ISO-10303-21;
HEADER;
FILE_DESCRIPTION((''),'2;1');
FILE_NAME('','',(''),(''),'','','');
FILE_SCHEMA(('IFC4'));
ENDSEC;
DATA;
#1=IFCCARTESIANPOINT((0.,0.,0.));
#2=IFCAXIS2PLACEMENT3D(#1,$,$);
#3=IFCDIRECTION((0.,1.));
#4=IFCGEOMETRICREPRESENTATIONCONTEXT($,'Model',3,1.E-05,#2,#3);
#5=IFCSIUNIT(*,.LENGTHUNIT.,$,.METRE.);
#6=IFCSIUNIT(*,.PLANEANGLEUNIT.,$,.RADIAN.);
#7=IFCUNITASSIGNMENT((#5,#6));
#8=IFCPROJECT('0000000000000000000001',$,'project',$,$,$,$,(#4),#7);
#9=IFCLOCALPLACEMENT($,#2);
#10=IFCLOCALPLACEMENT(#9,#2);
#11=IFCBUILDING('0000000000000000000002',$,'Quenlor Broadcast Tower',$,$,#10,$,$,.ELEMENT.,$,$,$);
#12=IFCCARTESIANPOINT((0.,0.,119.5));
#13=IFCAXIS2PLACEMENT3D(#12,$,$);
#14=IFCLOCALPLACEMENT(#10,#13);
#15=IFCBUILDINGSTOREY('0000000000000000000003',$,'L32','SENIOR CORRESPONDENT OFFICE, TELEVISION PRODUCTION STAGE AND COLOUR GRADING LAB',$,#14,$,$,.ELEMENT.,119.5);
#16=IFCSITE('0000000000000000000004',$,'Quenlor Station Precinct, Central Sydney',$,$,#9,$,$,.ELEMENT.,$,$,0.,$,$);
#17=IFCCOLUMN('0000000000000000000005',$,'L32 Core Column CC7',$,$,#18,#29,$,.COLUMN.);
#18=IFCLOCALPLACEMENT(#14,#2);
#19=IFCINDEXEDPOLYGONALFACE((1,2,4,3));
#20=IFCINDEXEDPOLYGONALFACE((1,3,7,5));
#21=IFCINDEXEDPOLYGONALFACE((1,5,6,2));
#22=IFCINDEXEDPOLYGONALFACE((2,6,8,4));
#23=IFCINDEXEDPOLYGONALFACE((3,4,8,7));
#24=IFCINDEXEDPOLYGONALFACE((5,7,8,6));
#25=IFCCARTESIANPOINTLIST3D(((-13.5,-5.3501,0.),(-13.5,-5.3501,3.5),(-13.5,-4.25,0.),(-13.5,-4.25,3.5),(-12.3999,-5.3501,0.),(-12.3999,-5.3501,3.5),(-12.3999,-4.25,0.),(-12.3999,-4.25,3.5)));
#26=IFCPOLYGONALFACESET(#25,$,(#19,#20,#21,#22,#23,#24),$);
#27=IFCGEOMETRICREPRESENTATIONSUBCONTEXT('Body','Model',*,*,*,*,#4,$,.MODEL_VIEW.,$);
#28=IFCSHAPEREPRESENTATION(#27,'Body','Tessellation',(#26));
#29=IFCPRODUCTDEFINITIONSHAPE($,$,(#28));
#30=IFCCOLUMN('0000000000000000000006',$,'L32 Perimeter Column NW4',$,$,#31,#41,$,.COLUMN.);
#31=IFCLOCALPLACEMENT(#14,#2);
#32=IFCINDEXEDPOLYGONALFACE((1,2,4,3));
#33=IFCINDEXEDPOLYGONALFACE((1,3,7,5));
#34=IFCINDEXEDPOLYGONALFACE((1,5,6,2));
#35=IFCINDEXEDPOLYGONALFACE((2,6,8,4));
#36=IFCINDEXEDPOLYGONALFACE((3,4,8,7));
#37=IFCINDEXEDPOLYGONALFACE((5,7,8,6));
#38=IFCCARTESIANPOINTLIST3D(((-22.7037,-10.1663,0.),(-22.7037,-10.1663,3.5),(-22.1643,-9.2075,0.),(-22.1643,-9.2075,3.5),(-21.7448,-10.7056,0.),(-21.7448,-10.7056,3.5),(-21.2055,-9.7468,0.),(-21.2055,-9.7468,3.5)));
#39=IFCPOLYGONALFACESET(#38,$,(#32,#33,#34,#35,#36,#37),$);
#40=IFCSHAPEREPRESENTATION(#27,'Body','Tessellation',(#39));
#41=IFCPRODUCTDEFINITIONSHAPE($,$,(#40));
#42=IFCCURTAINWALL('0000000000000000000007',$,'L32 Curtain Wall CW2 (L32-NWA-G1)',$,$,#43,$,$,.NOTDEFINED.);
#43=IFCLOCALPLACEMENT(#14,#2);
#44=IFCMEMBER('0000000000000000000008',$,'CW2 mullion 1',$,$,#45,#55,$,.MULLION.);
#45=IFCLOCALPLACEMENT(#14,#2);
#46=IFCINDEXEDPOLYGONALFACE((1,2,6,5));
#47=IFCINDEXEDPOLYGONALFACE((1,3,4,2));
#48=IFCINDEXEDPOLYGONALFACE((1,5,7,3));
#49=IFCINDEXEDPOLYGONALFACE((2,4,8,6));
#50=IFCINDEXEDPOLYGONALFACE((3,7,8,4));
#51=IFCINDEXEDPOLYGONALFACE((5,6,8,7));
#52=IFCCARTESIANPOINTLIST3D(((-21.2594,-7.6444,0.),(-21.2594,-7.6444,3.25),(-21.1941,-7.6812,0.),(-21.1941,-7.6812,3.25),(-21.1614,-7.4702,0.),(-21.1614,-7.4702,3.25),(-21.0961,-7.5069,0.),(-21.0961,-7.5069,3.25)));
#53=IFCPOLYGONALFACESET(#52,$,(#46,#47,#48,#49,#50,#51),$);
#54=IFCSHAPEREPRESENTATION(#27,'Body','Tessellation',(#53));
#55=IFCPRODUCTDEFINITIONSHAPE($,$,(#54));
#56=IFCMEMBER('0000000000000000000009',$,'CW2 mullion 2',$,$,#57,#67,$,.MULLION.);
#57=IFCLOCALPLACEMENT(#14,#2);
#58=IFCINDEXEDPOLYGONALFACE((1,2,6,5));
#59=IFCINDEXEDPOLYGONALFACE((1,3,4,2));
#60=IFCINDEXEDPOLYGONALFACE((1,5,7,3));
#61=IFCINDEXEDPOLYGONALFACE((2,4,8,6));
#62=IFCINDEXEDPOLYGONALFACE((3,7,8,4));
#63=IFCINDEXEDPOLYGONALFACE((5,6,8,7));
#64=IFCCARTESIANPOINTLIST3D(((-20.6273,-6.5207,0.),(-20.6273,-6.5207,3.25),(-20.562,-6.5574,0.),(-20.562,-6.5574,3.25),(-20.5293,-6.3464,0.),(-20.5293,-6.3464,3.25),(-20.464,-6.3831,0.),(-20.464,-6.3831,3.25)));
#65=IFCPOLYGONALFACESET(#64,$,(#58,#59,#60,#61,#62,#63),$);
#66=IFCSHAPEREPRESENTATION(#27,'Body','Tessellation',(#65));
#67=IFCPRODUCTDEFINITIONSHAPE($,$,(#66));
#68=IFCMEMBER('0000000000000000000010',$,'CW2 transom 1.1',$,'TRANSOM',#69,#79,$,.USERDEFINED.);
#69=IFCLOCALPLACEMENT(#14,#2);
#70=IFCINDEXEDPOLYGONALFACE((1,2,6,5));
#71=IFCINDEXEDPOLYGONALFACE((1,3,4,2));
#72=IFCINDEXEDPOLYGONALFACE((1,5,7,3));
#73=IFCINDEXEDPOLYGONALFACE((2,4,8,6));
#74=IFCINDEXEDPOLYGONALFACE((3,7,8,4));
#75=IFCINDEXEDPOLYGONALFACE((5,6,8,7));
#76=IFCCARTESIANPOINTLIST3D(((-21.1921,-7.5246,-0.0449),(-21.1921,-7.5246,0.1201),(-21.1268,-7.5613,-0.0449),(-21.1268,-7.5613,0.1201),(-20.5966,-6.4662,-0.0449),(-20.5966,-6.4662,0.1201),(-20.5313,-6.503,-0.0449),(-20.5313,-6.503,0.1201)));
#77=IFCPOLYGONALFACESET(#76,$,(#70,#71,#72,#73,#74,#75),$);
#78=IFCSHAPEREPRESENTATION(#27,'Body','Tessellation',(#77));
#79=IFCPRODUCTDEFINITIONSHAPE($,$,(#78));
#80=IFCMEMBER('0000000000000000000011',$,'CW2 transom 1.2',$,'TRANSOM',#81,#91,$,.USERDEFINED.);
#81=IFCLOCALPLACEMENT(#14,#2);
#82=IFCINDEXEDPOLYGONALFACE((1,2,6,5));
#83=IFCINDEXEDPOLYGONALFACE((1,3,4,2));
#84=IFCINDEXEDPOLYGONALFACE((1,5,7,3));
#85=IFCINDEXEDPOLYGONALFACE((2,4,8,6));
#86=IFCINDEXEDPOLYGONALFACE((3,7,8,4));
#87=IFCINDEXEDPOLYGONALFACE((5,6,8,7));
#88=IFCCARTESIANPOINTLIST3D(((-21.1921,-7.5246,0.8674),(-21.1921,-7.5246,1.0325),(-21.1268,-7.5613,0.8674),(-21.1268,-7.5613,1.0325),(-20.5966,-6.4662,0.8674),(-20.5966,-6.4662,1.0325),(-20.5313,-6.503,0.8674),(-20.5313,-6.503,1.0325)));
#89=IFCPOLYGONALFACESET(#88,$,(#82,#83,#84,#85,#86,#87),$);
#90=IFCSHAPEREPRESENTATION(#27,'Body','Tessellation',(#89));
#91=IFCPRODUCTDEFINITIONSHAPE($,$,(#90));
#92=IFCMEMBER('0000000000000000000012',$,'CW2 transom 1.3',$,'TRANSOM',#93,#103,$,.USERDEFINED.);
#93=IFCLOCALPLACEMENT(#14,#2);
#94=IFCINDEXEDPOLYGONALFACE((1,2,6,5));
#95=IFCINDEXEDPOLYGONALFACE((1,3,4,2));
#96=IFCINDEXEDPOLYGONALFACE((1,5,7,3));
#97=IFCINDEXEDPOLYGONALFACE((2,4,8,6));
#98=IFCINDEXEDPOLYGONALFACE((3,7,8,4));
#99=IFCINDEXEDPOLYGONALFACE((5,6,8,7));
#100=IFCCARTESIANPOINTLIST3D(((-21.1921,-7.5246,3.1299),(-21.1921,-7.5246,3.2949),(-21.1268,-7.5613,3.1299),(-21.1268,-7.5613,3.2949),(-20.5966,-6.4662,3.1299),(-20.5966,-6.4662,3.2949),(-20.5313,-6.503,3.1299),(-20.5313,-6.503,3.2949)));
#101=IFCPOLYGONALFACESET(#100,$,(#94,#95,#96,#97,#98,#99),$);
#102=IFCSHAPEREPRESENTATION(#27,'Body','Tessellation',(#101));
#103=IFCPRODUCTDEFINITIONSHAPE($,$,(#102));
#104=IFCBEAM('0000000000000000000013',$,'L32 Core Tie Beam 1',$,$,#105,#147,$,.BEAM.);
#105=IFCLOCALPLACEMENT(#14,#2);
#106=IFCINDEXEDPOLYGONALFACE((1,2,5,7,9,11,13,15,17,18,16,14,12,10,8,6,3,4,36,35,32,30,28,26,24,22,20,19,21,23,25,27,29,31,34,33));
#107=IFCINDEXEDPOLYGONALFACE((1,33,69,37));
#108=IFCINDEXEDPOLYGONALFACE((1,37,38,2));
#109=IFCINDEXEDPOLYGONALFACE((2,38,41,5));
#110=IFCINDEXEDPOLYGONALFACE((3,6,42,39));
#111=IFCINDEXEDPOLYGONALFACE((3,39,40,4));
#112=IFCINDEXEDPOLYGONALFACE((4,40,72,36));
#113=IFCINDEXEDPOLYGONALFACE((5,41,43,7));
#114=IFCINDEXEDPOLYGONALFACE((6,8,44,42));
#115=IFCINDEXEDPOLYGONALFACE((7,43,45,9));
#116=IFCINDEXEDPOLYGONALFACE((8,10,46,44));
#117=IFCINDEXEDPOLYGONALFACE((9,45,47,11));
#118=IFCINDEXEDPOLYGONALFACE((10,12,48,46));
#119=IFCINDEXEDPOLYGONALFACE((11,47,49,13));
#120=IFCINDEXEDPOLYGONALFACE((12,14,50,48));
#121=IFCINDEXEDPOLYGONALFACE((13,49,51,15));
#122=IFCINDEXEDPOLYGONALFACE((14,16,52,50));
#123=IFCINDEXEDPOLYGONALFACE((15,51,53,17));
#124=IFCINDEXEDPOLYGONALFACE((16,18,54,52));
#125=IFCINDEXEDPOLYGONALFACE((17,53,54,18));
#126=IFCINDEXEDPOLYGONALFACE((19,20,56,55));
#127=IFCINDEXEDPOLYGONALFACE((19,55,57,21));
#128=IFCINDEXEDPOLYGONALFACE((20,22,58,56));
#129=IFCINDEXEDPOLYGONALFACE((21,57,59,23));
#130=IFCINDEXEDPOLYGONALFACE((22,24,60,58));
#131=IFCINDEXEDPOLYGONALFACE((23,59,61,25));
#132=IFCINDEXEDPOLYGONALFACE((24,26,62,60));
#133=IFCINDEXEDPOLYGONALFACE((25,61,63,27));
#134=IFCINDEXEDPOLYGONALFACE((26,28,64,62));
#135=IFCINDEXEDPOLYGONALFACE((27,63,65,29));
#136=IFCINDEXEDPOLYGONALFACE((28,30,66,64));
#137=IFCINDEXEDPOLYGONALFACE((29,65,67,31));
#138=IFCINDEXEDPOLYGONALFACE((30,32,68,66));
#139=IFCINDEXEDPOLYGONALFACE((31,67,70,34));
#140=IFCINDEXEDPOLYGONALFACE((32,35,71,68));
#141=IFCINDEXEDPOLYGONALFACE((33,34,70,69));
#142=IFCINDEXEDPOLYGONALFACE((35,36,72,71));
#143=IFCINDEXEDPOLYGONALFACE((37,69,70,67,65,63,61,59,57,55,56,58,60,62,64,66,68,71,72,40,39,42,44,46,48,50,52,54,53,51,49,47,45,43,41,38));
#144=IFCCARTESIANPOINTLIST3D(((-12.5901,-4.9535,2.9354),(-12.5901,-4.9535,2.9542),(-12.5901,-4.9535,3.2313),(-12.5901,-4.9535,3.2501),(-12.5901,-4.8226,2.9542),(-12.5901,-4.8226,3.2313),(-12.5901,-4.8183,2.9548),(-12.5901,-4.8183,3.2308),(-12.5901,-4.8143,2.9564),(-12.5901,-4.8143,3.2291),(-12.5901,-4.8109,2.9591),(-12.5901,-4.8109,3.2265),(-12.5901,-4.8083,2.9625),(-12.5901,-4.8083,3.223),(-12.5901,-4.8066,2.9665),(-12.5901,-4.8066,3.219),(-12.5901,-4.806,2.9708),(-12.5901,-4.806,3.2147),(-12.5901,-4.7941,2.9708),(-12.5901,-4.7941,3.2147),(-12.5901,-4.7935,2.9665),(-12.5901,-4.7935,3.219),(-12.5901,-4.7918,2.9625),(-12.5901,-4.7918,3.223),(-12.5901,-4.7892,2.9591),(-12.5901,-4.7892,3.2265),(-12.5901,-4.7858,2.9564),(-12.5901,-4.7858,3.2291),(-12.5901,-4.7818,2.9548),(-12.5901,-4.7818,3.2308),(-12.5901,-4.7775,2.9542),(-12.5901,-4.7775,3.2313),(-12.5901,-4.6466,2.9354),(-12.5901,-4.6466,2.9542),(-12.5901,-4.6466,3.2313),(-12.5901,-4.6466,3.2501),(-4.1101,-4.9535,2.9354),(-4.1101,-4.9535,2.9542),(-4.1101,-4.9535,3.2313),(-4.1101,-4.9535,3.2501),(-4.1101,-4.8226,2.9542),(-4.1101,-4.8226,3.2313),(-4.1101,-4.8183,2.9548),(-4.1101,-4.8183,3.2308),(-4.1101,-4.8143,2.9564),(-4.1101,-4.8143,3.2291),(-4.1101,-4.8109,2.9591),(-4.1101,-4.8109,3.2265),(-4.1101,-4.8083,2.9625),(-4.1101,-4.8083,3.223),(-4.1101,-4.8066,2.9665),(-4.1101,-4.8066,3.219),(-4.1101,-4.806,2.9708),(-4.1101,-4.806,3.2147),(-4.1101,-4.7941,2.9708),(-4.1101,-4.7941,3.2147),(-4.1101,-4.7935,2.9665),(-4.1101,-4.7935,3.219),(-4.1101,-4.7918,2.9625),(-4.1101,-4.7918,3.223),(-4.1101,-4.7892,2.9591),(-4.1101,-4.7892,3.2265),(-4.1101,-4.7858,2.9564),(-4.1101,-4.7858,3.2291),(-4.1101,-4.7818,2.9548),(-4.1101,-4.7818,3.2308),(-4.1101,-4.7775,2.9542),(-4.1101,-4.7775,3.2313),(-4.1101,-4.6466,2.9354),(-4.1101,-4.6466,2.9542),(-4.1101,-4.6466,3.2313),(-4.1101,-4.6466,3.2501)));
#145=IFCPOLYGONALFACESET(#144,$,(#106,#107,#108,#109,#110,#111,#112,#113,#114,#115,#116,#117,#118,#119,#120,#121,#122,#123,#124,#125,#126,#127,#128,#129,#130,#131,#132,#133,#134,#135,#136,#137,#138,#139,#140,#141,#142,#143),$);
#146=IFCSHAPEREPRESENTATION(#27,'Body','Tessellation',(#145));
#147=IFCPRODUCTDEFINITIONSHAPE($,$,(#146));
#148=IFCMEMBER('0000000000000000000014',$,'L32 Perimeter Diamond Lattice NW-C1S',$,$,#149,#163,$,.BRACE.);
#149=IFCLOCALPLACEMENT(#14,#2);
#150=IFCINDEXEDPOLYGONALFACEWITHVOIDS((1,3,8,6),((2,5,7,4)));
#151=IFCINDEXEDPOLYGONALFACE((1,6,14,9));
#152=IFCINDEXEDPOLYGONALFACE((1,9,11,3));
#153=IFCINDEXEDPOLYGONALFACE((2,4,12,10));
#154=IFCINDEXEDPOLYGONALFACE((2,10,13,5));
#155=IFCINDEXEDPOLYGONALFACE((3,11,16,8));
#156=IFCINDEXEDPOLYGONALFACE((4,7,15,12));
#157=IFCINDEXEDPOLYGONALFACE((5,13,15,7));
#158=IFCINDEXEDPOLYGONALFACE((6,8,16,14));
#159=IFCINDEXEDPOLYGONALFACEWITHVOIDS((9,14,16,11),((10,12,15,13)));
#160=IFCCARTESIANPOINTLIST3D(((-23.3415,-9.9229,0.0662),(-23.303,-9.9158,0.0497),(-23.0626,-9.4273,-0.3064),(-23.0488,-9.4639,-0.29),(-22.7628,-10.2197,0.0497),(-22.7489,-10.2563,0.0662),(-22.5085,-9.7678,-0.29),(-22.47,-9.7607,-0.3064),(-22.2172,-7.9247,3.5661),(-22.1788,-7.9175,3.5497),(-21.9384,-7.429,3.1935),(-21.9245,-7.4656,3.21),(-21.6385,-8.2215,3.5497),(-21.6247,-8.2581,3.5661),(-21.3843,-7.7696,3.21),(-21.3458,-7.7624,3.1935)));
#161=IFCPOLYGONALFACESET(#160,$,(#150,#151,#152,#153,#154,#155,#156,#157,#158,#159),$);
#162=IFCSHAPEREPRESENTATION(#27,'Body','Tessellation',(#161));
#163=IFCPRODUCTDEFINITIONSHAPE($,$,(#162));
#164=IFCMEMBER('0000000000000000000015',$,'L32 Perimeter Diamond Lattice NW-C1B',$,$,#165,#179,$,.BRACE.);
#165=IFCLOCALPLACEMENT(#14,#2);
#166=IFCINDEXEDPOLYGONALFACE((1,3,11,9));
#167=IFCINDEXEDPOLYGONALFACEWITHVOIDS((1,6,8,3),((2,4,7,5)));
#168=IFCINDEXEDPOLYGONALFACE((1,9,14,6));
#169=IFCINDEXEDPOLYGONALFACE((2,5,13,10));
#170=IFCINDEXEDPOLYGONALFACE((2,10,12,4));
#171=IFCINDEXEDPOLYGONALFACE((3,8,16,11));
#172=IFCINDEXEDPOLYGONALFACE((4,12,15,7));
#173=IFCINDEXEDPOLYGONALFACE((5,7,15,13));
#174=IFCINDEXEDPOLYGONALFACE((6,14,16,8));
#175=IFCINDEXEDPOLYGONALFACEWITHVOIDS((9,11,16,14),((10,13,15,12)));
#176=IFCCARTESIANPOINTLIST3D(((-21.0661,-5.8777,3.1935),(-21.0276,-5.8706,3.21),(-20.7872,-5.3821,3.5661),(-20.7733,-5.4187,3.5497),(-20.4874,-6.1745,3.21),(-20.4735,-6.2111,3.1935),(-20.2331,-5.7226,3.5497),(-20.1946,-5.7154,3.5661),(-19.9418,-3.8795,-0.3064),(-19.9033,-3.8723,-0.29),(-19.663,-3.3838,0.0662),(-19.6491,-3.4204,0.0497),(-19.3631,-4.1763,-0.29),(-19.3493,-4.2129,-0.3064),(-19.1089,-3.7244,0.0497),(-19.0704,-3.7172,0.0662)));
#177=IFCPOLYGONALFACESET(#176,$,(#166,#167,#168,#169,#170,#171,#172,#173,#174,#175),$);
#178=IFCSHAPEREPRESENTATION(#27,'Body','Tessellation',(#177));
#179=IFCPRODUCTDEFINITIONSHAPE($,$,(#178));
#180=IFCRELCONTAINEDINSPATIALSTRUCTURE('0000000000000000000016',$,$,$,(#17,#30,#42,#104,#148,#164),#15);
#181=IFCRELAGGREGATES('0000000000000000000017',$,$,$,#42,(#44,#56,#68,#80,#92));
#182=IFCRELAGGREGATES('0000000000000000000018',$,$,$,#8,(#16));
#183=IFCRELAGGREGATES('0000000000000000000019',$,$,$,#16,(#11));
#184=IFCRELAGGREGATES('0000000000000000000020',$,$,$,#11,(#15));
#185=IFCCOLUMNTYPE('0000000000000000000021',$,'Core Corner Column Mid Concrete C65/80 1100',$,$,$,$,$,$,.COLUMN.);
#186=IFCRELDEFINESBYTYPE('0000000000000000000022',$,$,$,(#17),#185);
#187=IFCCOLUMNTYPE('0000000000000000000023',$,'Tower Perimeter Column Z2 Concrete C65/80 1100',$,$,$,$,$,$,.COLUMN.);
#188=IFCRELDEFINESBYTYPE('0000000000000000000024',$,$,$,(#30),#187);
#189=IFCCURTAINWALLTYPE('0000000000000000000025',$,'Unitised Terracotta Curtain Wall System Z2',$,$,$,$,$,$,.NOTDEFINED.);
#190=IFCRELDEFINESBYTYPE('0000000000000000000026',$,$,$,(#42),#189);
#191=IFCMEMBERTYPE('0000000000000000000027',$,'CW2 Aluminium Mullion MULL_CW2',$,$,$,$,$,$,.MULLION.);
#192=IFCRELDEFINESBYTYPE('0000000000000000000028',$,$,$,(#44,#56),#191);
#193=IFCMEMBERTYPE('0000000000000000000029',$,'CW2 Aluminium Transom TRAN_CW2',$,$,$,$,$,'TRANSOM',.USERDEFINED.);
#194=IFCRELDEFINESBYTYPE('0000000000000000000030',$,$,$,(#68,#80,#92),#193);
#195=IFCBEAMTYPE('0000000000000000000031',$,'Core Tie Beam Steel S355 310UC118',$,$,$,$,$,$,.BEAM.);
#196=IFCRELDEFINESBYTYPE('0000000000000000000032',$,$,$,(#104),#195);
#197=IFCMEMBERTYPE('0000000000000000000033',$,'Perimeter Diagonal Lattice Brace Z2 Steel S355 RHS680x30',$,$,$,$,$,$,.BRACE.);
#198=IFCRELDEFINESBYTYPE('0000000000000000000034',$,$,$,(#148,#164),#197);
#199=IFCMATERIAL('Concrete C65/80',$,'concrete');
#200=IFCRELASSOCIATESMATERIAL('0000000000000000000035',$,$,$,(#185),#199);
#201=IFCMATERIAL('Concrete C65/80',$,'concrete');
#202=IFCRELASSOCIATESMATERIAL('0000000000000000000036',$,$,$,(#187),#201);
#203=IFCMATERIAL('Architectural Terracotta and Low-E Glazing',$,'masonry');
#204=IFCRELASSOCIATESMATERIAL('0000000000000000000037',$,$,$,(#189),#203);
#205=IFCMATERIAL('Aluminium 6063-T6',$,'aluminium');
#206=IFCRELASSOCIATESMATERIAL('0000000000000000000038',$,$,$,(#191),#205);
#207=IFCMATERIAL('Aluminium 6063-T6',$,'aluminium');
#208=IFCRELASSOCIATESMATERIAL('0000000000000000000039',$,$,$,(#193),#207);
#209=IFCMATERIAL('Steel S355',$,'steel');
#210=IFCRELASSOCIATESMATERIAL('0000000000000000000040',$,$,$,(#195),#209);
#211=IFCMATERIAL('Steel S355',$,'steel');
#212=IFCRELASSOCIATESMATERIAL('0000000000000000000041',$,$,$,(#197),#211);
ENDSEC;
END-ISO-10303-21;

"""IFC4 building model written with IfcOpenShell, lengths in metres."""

from ifc_helpers import new_model, si_unit, direction, frame, origin, origin_2d, place, context, subcontext, project, spatial, rectangle, hollow_rectangle, i_section, extrude, material, material_profile, profile_set, type_object, element, aggregate, save


model = new_model("IFC4")

# Units and contexts
model_context = context("Model", 3, precision=1e-05, world=origin(), true_north=direction((0.0, 1.0)))
body_context = subcontext(model_context, "Body", "Model", "MODEL_VIEW")
ifc_project = project(units=[si_unit("LENGTHUNIT", "METRE"), si_unit("PLANEANGLEUNIT", "RADIAN")], contexts=[model_context])

# Site, building, storey
site_placement = place(None, origin())
site = spatial("IfcSite", under=ifc_project, at=site_placement, Name="Quenlor Station Precinct, Central Sydney", CompositionType="ELEMENT", RefElevation=0.0)
building_placement = place(site_placement, origin())
building = spatial("IfcBuilding", under=site, at=building_placement, Name="Quenlor Broadcast Tower", CompositionType="ELEMENT")
storey_placement = place(building_placement, frame((0.0, 0.0, 119.5)))
storey = spatial("IfcBuildingStorey", under=building, at=storey_placement, Name="L32", Description="SENIOR CORRESPONDENT OFFICE, TELEVISION PRODUCTION STAGE AND COLOUR GRADING LAB", CompositionType="ELEMENT", Elevation=119.5)

# Columns
ifc_material_1 = material(Name="Concrete C65/80", Category="concrete")
ifc_material_profile_1 = material_profile(ifc_material_1, rectangle(XDim=1.1001, YDim=1.1001, at=origin_2d()))
ifc_profile_set_1 = profile_set([ifc_material_profile_1], Name="Concrete C65/80 RC1100x1100")
column_type_1 = type_object("IfcColumnType", Name="Core Corner Column Mid Concrete C65/80 1100", PredefinedType="COLUMN", material=ifc_profile_set_1)
column_1_placement = place(storey_placement, frame((-12.95, -4.8, 0.0), z_axis=(0.0, 0.0, 1.0), x_axis=(1.0, 0.0, 0.0)))
element("IfcColumn", 1, at=column_1_placement, inside=storey, type_object=column_type_1, Name="L32 Core Column CC7", PredefinedType="COLUMN", context=body_context, shape_type="SweptSolid", body=[
    extrude(rectangle(XDim=1.1001, YDim=1.1001, at=origin_2d()), origin(), (0.0, 0.0, 1.0), 3.5),
])
ifc_material_2 = material(Name="Concrete C65/80", Category="concrete")
ifc_material_profile_2 = material_profile(ifc_material_2, rectangle(XDim=1.1001, YDim=1.1001, at=origin_2d()))
ifc_profile_set_2 = profile_set([ifc_material_profile_2], Name="Concrete C65/80 RC1100x1100")
column_type_2 = type_object("IfcColumnType", Name="Tower Perimeter Column Z2 Concrete C65/80 1100", PredefinedType="COLUMN", material=ifc_profile_set_2)
column_2_placement = place(storey_placement, frame((-21.9546, -9.9565, 0.0), z_axis=(0.0, 0.0, 1.0), x_axis=(-0.871575, 0.490262, 0.0)))
element("IfcColumn", 2, at=column_2_placement, inside=storey, type_object=column_type_2, Name="L32 Perimeter Column NW4", PredefinedType="COLUMN", context=body_context, shape_type="SweptSolid", body=[
    extrude(rectangle(XDim=1.1001, YDim=1.1001, at=origin_2d()), origin(), (0.0, 0.0, 1.0), 3.5),
])

# Curtain wall, members
ifc_material_3 = material(Name="Architectural Terracotta and Low-E Glazing", Category="masonry")
curtain_wall_type = type_object("IfcCurtainWallType", Name="Unitised Terracotta Curtain Wall System Z2", PredefinedType="NOTDEFINED", material=ifc_material_3)
curtain_wall_placement = place(storey_placement, origin())
curtain_wall = element("IfcCurtainWall", 3, at=curtain_wall_placement, inside=storey, type_object=curtain_wall_type, Name="L32 Curtain Wall CW2 (L32-NWA-G1)", PredefinedType="NOTDEFINED")
ifc_material_4 = material(Name="Aluminium 6063-T6", Category="aluminium")
ifc_material_profile_3 = material_profile(ifc_material_4, rectangle(XDim=0.075, YDim=0.2, at=origin_2d()))
ifc_profile_set_3 = profile_set([ifc_material_profile_3], Name="Aluminium 6063-T6 MULL75x200")
member_type_1 = type_object("IfcMemberType", Name="CW2 Aluminium Mullion MULL_CW2", PredefinedType="MULLION", material=ifc_profile_set_3)
member_1_placement = place(storey_placement, frame((-21.1777, -7.5757, 0.0), z_axis=(0.0, 0.0, 1.0), x_axis=(-0.871566, 0.490279, 0.0)))
member_1 = element("IfcMember", 4, at=member_1_placement, type_object=member_type_1, Name="CW2 mullion 1", PredefinedType="MULLION", context=body_context, shape_type="SweptSolid", body=[
    extrude(rectangle(XDim=0.075, YDim=0.2, at=origin_2d()), origin(), (0.0, 0.0, 1.0), 3.25),
])
member_2_placement = place(storey_placement, frame((-20.5457, -6.4519, 0.0), z_axis=(0.0, 0.0, 1.0), x_axis=(-0.871566, 0.490279, 0.0)))
member_2 = element("IfcMember", 5, at=member_2_placement, type_object=member_type_1, Name="CW2 mullion 2", PredefinedType="MULLION", context=body_context, shape_type="SweptSolid", body=[
    extrude(rectangle(XDim=0.075, YDim=0.2, at=origin_2d()), origin(), (0.0, 0.0, 1.0), 3.25),
])
ifc_material_5 = material(Name="Aluminium 6063-T6", Category="aluminium")
ifc_material_profile_4 = material_profile(ifc_material_5, rectangle(XDim=0.075, YDim=0.165, at=origin_2d()))
ifc_profile_set_4 = profile_set([ifc_material_profile_4], Name="Aluminium 6063-T6 TRAN75x165")
member_type_2 = type_object("IfcMemberType", Name="CW2 Aluminium Transom TRAN_CW2", ElementType="TRANSOM", PredefinedType="USERDEFINED", material=ifc_profile_set_4)
member_3_placement = place(storey_placement, frame((-21.1594, -7.543, 0.0376), z_axis=(0.490347, 0.871527, 0.0), x_axis=(-0.871527, 0.490347, 0.0)))
member_3 = element("IfcMember", 6, at=member_3_placement, type_object=member_type_2, Name="CW2 transom 1.1", ObjectType="TRANSOM", PredefinedType="USERDEFINED", context=body_context, shape_type="SweptSolid", body=[
    extrude(rectangle(XDim=0.075, YDim=0.165, at=origin_2d()), origin(), (0.0, 0.0, 1.0), 1.2144),
])
member_4_placement = place(storey_placement, frame((-21.1594, -7.543, 0.95), z_axis=(0.490347, 0.871527, 0.0), x_axis=(-0.871527, 0.490347, 0.0)))
member_4 = element("IfcMember", 7, at=member_4_placement, type_object=member_type_2, Name="CW2 transom 1.2", ObjectType="TRANSOM", PredefinedType="USERDEFINED", context=body_context, shape_type="SweptSolid", body=[
    extrude(rectangle(XDim=0.075, YDim=0.165, at=origin_2d()), origin(), (0.0, 0.0, 1.0), 1.2144),
])
member_5_placement = place(storey_placement, frame((-21.1594, -7.543, 3.2124), z_axis=(0.490347, 0.871527, 0.0), x_axis=(-0.871527, 0.490347, 0.0)))
member_5 = element("IfcMember", 8, at=member_5_placement, type_object=member_type_2, Name="CW2 transom 1.3", ObjectType="TRANSOM", PredefinedType="USERDEFINED", context=body_context, shape_type="SweptSolid", body=[
    extrude(rectangle(XDim=0.075, YDim=0.165, at=origin_2d()), origin(), (0.0, 0.0, 1.0), 1.2144),
])

# Beam
ifc_material_6 = material(Name="Steel S355", Category="steel")
ifc_material_profile_5 = material_profile(ifc_material_6, i_section(OverallWidth=0.3069, OverallDepth=0.3147, WebThickness=0.012, FlangeThickness=0.0188, FilletRadius=0.0166, at=origin_2d()))
ifc_profile_set_5 = profile_set([ifc_material_profile_5], Name="Steel S355 310UC118")
beam_type_1 = type_object("IfcBeamType", Name="Core Tie Beam Steel S355 310UC118", PredefinedType="BEAM", material=ifc_profile_set_5)
beam_1_placement = place(storey_placement, frame((-12.5901, -4.8, 3.0928), z_axis=(1.0, 0.0, 0.0), x_axis=(0.0, 1.0, 0.0)))
element("IfcBeam", 9, at=beam_1_placement, inside=storey, type_object=beam_type_1, Name="L32 Core Tie Beam 1", PredefinedType="BEAM", context=body_context, shape_type="SweptSolid", body=[
    extrude(i_section(OverallWidth=0.3069, OverallDepth=0.3147, WebThickness=0.012, FlangeThickness=0.0188, FilletRadius=0.0166, at=origin_2d()), origin(), (0.0, 0.0, 1.0), 8.48),
])

# Members
ifc_material_7 = material(Name="Steel S355", Category="steel")
ifc_material_profile_6 = material_profile(ifc_material_7, hollow_rectangle(XDim=0.6799, YDim=0.6799, WallThickness=0.03, at=origin_2d()))
ifc_profile_set_6 = profile_set([ifc_material_profile_6], Name="Steel S355 RHS680x680x30")
member_type_3 = type_object("IfcMemberType", Name="Perimeter Diagonal Lattice Brace Z2 Steel S355 RHS680x30", PredefinedType="BRACE", material=ifc_profile_set_6)
for number, where, z_axis, x_axis, name in (
    (10, (-22.9058, -9.8418, -0.1201), (0.268697, 0.477585, 0.836489), (-0.871533, 0.490337, 0.0), "L32 Perimeter Diamond Lattice NW-C1S"),
    (11, (-19.5061, -3.7983, -0.1201), (-0.268697, -0.477585, 0.836489), (0.871533, -0.490337, 0.0), "L32 Perimeter Diamond Lattice NW-C1B"),
):
    element("IfcMember", number, at=place(storey_placement, frame(where, z_axis=z_axis, x_axis=x_axis)), inside=storey, type_object=member_type_3, Name=name, PredefinedType="BRACE", context=body_context, shape_type="SweptSolid", body=[
        extrude(hollow_rectangle(XDim=0.6799, YDim=0.6799, WallThickness=0.03, at=origin_2d()), origin(), (0.0, 0.0, 1.0), 4.1841),
    ])

aggregate(curtain_wall, [member_1, member_2, member_3, member_4, member_5])

save(model, "model.ifc")
